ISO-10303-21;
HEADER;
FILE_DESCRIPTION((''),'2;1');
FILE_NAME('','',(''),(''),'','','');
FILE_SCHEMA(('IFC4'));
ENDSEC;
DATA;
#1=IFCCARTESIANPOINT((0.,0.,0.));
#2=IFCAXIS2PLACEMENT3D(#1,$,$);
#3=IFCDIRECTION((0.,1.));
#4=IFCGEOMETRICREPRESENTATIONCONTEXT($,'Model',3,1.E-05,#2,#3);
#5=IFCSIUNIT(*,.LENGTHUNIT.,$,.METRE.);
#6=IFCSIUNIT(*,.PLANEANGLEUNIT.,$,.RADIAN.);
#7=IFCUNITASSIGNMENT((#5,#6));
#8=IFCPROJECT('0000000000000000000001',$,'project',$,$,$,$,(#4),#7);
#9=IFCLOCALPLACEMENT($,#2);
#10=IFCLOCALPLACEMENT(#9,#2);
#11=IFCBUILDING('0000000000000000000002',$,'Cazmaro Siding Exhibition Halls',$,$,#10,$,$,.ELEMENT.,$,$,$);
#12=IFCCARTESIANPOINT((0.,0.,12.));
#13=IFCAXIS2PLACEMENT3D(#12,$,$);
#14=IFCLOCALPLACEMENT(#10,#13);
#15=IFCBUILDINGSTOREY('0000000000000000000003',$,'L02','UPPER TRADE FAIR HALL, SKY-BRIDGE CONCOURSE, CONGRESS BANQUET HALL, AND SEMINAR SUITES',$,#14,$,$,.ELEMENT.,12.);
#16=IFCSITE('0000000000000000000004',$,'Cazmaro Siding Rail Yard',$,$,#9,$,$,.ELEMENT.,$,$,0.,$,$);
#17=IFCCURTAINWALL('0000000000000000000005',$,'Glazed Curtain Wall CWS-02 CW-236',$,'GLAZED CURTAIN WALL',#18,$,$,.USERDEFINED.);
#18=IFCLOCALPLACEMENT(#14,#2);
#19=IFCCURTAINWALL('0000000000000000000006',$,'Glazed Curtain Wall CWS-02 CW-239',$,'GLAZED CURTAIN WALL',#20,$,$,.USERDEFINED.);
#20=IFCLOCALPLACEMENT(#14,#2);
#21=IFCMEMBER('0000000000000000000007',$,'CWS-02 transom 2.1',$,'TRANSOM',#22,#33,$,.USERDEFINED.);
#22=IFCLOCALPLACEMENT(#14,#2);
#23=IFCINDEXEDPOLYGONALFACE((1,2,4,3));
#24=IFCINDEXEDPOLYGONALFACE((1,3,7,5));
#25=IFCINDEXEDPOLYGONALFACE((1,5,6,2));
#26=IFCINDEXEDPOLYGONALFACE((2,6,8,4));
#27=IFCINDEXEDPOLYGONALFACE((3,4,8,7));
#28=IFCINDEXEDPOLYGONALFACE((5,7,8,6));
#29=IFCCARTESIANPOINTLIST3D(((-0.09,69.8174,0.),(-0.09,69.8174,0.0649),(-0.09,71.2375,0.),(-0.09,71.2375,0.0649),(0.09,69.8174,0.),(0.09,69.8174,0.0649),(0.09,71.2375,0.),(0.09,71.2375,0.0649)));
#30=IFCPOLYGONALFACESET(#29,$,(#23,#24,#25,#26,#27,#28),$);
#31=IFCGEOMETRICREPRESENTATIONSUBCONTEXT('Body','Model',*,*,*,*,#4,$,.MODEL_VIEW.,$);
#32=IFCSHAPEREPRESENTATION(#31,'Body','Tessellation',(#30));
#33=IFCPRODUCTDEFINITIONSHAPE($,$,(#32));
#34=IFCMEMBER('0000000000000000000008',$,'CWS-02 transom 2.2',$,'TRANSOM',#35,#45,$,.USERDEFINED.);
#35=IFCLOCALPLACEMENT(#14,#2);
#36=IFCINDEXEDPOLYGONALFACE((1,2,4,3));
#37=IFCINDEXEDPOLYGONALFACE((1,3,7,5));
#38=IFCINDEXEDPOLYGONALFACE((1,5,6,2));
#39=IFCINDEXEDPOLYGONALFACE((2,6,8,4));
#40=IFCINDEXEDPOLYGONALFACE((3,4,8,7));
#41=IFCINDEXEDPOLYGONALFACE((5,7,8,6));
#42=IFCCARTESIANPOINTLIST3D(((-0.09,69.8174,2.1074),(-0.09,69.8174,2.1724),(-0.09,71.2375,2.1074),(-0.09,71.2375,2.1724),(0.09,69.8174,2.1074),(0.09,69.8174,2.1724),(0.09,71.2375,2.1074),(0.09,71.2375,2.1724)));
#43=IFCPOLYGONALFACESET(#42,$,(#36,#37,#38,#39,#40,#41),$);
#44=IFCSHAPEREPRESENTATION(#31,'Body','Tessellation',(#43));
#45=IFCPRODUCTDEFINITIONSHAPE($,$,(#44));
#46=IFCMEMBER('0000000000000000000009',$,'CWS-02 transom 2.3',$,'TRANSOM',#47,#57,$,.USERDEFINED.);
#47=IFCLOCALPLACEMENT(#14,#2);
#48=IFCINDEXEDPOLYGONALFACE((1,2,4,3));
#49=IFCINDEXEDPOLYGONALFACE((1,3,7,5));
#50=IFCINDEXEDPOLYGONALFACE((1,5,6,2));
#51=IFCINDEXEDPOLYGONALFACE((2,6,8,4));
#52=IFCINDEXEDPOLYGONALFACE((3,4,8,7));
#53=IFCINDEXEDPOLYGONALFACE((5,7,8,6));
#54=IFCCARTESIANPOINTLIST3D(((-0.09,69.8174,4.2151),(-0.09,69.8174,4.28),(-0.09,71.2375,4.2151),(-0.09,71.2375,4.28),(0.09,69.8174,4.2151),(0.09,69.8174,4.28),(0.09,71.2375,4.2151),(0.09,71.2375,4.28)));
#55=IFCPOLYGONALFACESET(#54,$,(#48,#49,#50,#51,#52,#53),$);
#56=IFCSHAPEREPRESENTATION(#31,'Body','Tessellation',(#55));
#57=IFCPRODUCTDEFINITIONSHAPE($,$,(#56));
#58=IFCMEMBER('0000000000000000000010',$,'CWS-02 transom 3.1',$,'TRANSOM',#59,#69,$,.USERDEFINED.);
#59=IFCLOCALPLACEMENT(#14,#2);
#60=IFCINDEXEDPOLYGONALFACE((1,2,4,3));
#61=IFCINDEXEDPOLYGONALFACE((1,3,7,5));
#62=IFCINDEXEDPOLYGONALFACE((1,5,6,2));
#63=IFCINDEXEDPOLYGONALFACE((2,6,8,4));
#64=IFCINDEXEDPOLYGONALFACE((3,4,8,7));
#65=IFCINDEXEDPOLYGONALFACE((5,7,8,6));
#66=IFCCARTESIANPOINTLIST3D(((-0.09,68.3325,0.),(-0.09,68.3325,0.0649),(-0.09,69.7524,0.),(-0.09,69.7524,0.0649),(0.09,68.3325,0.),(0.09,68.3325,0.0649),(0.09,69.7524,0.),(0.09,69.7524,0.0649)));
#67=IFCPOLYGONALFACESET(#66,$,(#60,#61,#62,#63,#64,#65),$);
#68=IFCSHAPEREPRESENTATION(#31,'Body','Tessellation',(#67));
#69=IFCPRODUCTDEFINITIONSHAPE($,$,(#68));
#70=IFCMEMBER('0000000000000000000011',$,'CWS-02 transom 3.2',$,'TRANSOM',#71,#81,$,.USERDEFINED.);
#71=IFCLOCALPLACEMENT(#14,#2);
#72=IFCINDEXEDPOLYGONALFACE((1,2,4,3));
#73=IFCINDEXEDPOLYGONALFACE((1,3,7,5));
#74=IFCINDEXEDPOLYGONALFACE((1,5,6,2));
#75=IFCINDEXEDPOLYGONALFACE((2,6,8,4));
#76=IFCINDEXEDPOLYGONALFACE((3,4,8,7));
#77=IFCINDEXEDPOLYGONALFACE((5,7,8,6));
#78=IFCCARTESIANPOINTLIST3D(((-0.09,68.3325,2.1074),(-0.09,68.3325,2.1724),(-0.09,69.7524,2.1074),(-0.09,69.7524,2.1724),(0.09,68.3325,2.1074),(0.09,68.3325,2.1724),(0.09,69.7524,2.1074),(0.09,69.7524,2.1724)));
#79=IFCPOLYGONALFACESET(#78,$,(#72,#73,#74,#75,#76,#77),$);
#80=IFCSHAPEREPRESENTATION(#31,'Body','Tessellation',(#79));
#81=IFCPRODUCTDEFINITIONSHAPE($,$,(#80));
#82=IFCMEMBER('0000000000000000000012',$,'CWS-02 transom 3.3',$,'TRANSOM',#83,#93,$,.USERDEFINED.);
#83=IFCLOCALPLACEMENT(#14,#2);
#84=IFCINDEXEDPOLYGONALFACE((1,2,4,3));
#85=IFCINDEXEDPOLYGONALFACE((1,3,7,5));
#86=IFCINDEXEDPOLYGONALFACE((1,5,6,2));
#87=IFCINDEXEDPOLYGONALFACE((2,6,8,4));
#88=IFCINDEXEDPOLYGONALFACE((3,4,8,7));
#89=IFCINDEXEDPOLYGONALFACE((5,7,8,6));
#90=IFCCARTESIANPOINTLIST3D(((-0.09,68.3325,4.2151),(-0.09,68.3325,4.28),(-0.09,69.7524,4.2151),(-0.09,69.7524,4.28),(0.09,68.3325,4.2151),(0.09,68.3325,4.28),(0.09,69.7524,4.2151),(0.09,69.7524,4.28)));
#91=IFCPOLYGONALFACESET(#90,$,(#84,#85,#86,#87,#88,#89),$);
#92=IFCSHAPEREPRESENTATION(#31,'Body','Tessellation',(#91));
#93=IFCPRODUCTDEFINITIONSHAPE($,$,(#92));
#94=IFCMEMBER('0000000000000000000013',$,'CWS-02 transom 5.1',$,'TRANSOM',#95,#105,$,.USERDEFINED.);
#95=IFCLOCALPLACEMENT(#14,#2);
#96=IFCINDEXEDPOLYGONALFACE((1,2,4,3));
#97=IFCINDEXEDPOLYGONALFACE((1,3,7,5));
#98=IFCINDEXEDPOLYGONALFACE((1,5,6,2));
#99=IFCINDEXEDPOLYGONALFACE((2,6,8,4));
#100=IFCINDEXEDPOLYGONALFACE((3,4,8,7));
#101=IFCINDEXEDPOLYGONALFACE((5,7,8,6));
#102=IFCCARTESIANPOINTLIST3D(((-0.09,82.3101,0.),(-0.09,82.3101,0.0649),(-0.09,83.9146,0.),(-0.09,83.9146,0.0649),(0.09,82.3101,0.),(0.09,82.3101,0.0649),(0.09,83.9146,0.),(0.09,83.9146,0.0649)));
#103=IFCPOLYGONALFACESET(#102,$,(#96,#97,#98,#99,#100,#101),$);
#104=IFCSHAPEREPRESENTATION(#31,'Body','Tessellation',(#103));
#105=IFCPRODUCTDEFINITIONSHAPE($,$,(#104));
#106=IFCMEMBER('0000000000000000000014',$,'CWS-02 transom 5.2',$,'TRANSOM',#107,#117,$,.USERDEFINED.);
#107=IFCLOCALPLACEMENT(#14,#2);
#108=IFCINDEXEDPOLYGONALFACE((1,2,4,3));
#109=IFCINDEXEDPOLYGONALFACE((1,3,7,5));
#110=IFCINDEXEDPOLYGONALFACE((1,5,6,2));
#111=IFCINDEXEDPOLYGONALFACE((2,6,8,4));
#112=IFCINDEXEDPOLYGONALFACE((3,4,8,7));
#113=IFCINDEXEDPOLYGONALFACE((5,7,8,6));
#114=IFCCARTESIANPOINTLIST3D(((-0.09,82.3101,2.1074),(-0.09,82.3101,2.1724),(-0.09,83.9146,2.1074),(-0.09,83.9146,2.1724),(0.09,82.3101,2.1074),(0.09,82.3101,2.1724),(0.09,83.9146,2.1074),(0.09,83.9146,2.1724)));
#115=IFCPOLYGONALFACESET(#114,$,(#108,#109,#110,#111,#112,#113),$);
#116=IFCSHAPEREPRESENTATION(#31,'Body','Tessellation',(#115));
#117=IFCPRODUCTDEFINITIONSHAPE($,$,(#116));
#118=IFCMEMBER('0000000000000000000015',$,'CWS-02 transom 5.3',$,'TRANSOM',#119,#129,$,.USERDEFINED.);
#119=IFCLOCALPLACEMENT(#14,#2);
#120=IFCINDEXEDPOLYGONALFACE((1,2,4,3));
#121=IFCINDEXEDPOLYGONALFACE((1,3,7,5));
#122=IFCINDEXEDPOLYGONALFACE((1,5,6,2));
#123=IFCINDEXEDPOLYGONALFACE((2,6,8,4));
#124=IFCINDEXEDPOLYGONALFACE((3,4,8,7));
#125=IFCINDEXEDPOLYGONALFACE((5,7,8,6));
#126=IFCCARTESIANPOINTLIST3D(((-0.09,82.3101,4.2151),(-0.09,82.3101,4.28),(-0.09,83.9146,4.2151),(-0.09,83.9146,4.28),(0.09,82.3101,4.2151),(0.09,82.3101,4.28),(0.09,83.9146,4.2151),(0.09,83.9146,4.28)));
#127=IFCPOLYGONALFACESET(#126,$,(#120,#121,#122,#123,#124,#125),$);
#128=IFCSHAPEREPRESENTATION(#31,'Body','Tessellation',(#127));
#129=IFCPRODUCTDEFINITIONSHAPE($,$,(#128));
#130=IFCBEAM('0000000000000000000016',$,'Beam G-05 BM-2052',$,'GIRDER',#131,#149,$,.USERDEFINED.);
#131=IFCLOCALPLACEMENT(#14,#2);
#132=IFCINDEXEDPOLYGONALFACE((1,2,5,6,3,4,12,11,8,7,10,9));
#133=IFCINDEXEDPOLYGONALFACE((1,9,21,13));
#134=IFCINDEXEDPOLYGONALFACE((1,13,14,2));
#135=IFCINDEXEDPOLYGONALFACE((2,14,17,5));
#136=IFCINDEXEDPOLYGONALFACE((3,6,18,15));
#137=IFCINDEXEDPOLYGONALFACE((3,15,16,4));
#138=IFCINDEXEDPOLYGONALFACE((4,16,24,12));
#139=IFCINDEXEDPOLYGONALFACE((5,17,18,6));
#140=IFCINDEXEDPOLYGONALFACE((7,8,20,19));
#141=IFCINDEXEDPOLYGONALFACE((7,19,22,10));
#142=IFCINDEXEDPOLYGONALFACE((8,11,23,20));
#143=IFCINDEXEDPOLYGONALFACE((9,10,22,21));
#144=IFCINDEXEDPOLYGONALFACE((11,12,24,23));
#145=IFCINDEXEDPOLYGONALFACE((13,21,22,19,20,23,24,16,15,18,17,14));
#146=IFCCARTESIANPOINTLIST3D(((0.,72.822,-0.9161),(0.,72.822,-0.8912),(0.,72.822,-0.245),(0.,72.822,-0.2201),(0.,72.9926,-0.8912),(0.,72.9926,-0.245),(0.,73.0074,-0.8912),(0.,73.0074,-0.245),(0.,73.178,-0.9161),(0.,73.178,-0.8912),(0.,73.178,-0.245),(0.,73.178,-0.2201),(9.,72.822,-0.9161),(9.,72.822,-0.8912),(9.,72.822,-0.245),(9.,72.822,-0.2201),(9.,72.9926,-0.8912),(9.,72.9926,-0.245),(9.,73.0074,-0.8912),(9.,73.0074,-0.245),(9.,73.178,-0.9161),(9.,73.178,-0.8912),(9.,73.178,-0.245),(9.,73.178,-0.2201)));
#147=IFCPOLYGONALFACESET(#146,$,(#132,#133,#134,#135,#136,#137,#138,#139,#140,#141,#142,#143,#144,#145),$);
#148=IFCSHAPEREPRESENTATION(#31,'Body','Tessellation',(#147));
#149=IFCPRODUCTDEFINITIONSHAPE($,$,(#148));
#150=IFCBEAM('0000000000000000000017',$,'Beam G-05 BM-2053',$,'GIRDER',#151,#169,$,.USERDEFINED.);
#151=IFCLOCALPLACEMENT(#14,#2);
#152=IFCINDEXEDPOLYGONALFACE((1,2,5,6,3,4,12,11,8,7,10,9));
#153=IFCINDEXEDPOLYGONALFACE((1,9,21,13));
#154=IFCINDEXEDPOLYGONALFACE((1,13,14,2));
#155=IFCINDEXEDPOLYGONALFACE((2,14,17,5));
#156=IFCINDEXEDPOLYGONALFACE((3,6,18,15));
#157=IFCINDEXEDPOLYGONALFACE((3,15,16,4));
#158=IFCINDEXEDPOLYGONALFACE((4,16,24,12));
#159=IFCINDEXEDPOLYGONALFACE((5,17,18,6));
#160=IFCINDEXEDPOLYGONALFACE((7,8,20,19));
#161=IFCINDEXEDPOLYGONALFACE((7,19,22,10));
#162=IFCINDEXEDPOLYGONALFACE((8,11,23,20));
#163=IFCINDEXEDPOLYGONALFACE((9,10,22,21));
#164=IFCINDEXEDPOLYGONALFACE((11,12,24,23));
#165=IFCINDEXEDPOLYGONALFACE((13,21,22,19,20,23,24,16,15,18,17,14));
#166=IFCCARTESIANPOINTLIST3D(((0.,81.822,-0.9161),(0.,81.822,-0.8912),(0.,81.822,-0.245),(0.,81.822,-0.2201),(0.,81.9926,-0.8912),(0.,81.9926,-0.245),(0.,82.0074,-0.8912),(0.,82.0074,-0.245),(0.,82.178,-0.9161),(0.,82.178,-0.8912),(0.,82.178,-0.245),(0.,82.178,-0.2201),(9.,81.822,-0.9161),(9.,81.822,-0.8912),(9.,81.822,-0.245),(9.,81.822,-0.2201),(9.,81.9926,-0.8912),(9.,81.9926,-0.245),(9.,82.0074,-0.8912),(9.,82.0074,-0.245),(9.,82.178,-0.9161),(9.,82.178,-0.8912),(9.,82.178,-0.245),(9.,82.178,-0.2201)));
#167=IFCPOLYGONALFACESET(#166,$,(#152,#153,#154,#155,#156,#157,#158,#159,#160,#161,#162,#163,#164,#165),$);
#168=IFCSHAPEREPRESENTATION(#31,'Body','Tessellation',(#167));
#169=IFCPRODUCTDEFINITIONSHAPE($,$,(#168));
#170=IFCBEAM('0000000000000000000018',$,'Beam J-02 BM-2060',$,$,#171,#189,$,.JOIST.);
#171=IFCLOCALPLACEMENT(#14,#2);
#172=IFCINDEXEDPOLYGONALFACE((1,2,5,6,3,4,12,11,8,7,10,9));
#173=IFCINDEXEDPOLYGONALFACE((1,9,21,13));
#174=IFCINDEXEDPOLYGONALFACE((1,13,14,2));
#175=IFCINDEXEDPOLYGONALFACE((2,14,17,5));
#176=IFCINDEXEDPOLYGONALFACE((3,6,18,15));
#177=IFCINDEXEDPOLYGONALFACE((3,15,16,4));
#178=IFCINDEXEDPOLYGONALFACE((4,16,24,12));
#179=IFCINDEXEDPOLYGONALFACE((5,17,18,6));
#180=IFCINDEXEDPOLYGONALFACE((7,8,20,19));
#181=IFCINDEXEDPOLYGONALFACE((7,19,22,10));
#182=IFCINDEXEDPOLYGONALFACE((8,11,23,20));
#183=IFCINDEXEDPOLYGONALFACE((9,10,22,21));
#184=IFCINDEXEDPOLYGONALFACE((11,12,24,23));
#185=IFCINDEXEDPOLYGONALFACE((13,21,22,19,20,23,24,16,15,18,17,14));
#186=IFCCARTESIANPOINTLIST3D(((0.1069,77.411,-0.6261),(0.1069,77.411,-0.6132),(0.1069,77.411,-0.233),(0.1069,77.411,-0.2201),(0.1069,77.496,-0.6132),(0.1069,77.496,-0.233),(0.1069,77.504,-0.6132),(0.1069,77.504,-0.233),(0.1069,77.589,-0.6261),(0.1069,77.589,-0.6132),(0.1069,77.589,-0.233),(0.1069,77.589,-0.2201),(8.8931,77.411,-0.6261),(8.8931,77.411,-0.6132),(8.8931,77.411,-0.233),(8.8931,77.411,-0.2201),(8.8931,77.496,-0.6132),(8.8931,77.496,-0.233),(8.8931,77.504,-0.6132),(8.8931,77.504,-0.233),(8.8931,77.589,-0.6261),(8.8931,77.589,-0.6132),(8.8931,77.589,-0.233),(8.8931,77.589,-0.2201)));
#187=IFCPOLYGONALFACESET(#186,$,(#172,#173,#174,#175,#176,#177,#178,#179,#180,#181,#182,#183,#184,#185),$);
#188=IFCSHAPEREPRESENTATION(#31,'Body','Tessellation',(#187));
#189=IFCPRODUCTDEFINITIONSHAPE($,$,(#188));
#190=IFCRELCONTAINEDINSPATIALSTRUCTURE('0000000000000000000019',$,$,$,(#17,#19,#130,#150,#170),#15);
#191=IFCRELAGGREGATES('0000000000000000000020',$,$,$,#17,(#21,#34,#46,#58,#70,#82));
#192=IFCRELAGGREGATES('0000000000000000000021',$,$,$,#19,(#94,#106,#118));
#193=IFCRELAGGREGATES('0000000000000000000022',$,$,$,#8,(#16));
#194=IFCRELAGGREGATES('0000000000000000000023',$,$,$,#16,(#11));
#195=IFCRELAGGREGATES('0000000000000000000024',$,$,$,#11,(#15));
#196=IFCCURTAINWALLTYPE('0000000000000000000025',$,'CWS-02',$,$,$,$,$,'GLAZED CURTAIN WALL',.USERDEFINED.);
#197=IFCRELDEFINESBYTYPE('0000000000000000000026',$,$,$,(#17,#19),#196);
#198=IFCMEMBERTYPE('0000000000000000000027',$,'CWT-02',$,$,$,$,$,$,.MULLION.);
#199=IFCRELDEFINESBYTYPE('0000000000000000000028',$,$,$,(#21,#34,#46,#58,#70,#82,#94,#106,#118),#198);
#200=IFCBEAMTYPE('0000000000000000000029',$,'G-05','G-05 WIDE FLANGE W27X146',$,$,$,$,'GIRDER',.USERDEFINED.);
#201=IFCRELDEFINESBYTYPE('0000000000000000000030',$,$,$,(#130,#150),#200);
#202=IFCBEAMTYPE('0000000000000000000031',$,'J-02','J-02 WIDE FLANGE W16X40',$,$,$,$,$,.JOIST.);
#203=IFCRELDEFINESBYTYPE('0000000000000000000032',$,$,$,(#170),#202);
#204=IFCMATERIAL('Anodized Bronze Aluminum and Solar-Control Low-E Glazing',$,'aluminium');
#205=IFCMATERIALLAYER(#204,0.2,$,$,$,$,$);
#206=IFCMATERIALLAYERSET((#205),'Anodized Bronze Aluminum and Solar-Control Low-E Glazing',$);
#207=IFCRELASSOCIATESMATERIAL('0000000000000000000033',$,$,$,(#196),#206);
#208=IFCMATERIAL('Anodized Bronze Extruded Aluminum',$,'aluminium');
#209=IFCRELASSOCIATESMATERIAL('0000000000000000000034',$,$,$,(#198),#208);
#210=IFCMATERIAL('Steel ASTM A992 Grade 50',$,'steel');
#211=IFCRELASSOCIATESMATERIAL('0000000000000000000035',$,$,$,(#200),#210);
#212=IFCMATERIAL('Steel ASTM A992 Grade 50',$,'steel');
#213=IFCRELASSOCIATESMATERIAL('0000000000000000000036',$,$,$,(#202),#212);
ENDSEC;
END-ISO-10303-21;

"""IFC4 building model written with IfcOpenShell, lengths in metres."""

from ifc_helpers import new_model, si_unit, direction, frame, origin, origin_2d, place, context, subcontext, project, spatial, rectangle, i_section, extrude, material, layer, layer_set, material_profile, profile_set, type_object, element, aggregate, save


model = new_model("IFC4")

# Units and contexts
model_context = context("Model", 3, precision=1e-05, world=origin(), true_north=direction((0.0, 1.0)))
body_context = subcontext(model_context, "Body", "Model", "MODEL_VIEW")
ifc_project = project(units=[si_unit("LENGTHUNIT", "METRE"), si_unit("PLANEANGLEUNIT", "RADIAN")], contexts=[model_context])

# Site, building, storey
site_placement = place(None, origin())
site = spatial("IfcSite", under=ifc_project, at=site_placement, Name="Cazmaro Siding Rail Yard", CompositionType="ELEMENT", RefElevation=0.0)
building_placement = place(site_placement, origin())
building = spatial("IfcBuilding", under=site, at=building_placement, Name="Cazmaro Siding Exhibition Halls", CompositionType="ELEMENT")
storey_placement = place(building_placement, frame((0.0, 0.0, 12.0)))
storey = spatial("IfcBuildingStorey", under=building, at=storey_placement, Name="L02", Description="UPPER TRADE FAIR HALL, SKY-BRIDGE CONCOURSE, CONGRESS BANQUET HALL, AND SEMINAR SUITES", CompositionType="ELEMENT", Elevation=12.0)

# Curtain walls
ifc_material_1 = material(Name="Anodized Bronze Aluminum and Solar-Control Low-E Glazing", Category="aluminium")
ifc_layer_1 = layer(ifc_material_1, 0.2)
ifc_layer_set_1 = layer_set([ifc_layer_1], Name="Anodized Bronze Aluminum and Solar-Control Low-E Glazing")
curtain_wall_type = type_object("IfcCurtainWallType", Name="CWS-02", ElementType="GLAZED CURTAIN WALL", PredefinedType="USERDEFINED", material=ifc_layer_set_1)
curtain_wall_1_placement = place(storey_placement, origin())
curtain_wall_1 = element("IfcCurtainWall", 1, at=curtain_wall_1_placement, inside=storey, type_object=curtain_wall_type, Name="Glazed Curtain Wall CWS-02 CW-236", ObjectType="GLAZED CURTAIN WALL", PredefinedType="USERDEFINED")
curtain_wall_2_placement = place(storey_placement, origin())
curtain_wall_2 = element("IfcCurtainWall", 2, at=curtain_wall_2_placement, inside=storey, type_object=curtain_wall_type, Name="Glazed Curtain Wall CWS-02 CW-239", ObjectType="GLAZED CURTAIN WALL", PredefinedType="USERDEFINED")

# Members
ifc_material_2 = material(Name="Anodized Bronze Extruded Aluminum", Category="aluminium")
ifc_material_profile_1 = material_profile(ifc_material_2, rectangle(XDim=0.1799, YDim=0.0649, at=origin_2d()), Name="CWT-02")
ifc_profile_set_1 = profile_set([ifc_material_profile_1], Name="Anodized Bronze Extruded Aluminum")
member_type_1 = type_object("IfcMemberType", Name="CWT-02", PredefinedType="MULLION", material=ifc_profile_set_1)
member_1_placement = place(storey_placement, frame((0.0, 71.2375, 0.0325), z_axis=(0.0, -1.0, 0.0), x_axis=(1.0, 0.0, 0.0)))
member_1 = element("IfcMember", 3, at=member_1_placement, type_object=member_type_1, Name="CWS-02 transom 2.1", ObjectType="TRANSOM", PredefinedType="USERDEFINED", context=body_context, shape_type="SweptSolid", body=[
    extrude(rectangle(XDim=0.1799, YDim=0.0649, at=origin_2d()), origin(), (0.0, 0.0, 1.0), 1.4202),
])
member_2_placement = place(storey_placement, frame((0.0, 71.2375, 2.1399), z_axis=(0.0, -1.0, 0.0), x_axis=(1.0, 0.0, 0.0)))
member_2 = element("IfcMember", 4, at=member_2_placement, type_object=member_type_1, Name="CWS-02 transom 2.2", ObjectType="TRANSOM", PredefinedType="USERDEFINED", context=body_context, shape_type="SweptSolid", body=[
    extrude(rectangle(XDim=0.1799, YDim=0.0649, at=origin_2d()), origin(), (0.0, 0.0, 1.0), 1.4202),
])
member_3_placement = place(storey_placement, frame((0.0, 71.2375, 4.2476), z_axis=(0.0, -1.0, 0.0), x_axis=(1.0, 0.0, 0.0)))
member_3 = element("IfcMember", 5, at=member_3_placement, type_object=member_type_1, Name="CWS-02 transom 2.3", ObjectType="TRANSOM", PredefinedType="USERDEFINED", context=body_context, shape_type="SweptSolid", body=[
    extrude(rectangle(XDim=0.1799, YDim=0.0649, at=origin_2d()), origin(), (0.0, 0.0, 1.0), 1.4202),
])
member_4_placement = place(storey_placement, frame((0.0, 69.7524, 0.0325), z_axis=(0.0, -1.0, 0.0), x_axis=(1.0, 0.0, 0.0)))
member_4 = element("IfcMember", 6, at=member_4_placement, type_object=member_type_1, Name="CWS-02 transom 3.1", ObjectType="TRANSOM", PredefinedType="USERDEFINED", context=body_context, shape_type="SweptSolid", body=[
    extrude(rectangle(XDim=0.1799, YDim=0.0649, at=origin_2d()), origin(), (0.0, 0.0, 1.0), 1.4199),
])
member_5_placement = place(storey_placement, frame((0.0, 69.7524, 2.1399), z_axis=(0.0, -1.0, 0.0), x_axis=(1.0, 0.0, 0.0)))
member_5 = element("IfcMember", 7, at=member_5_placement, type_object=member_type_1, Name="CWS-02 transom 3.2", ObjectType="TRANSOM", PredefinedType="USERDEFINED", context=body_context, shape_type="SweptSolid", body=[
    extrude(rectangle(XDim=0.1799, YDim=0.0649, at=origin_2d()), origin(), (0.0, 0.0, 1.0), 1.4199),
])
member_6_placement = place(storey_placement, frame((0.0, 69.7524, 4.2476), z_axis=(0.0, -1.0, 0.0), x_axis=(1.0, 0.0, 0.0)))
member_6 = element("IfcMember", 8, at=member_6_placement, type_object=member_type_1, Name="CWS-02 transom 3.3", ObjectType="TRANSOM", PredefinedType="USERDEFINED", context=body_context, shape_type="SweptSolid", body=[
    extrude(rectangle(XDim=0.1799, YDim=0.0649, at=origin_2d()), origin(), (0.0, 0.0, 1.0), 1.4199),
])
member_7_placement = place(storey_placement, frame((0.0, 83.9146, 0.0325), z_axis=(0.0, -1.0, 0.0), x_axis=(1.0, 0.0, 0.0)))
member_7 = element("IfcMember", 9, at=member_7_placement, type_object=member_type_1, Name="CWS-02 transom 5.1", ObjectType="TRANSOM", PredefinedType="USERDEFINED", context=body_context, shape_type="SweptSolid", body=[
    extrude(rectangle(XDim=0.1799, YDim=0.0649, at=origin_2d()), origin(), (0.0, 0.0, 1.0), 1.6045),
])
member_8_placement = place(storey_placement, frame((0.0, 83.9146, 2.1399), z_axis=(0.0, -1.0, 0.0), x_axis=(1.0, 0.0, 0.0)))
member_8 = element("IfcMember", 10, at=member_8_placement, type_object=member_type_1, Name="CWS-02 transom 5.2", ObjectType="TRANSOM", PredefinedType="USERDEFINED", context=body_context, shape_type="SweptSolid", body=[
    extrude(rectangle(XDim=0.1799, YDim=0.0649, at=origin_2d()), origin(), (0.0, 0.0, 1.0), 1.6045),
])
member_9_placement = place(storey_placement, frame((0.0, 83.9146, 4.2476), z_axis=(0.0, -1.0, 0.0), x_axis=(1.0, 0.0, 0.0)))
member_9 = element("IfcMember", 11, at=member_9_placement, type_object=member_type_1, Name="CWS-02 transom 5.3", ObjectType="TRANSOM", PredefinedType="USERDEFINED", context=body_context, shape_type="SweptSolid", body=[
    extrude(rectangle(XDim=0.1799, YDim=0.0649, at=origin_2d()), origin(), (0.0, 0.0, 1.0), 1.6045),
])

# Beams
ifc_material_3 = material(Name="Steel ASTM A992 Grade 50", Category="steel")
ifc_material_profile_2 = material_profile(ifc_material_3, i_section(OverallWidth=0.356, OverallDepth=0.696, WebThickness=0.0149, FlangeThickness=0.0249, at=origin_2d()), Name="W27X146")
ifc_profile_set_2 = profile_set([ifc_material_profile_2], Name="Steel ASTM A992 Grade 50")
beam_type_1 = type_object("IfcBeamType", Name="G-05", Description="G-05 WIDE FLANGE W27X146", ElementType="GIRDER", PredefinedType="USERDEFINED", material=ifc_profile_set_2)
for number, where, z_axis, x_axis, name in (
    (12, (0.0, 73.0, -0.5681), (1.0, 0.0, 0.0), (0.0, 1.0, 0.0), "Beam G-05 BM-2052"),
    (13, (0.0, 82.0, -0.5681), (1.0, 0.0, 0.0), (0.0, 1.0, 0.0), "Beam G-05 BM-2053"),
):
    element("IfcBeam", number, at=place(storey_placement, frame(where, z_axis=z_axis, x_axis=x_axis)), inside=storey, type_object=beam_type_1, Name=name, ObjectType="GIRDER", PredefinedType="USERDEFINED", context=body_context, shape_type="SweptSolid", body=[
        extrude(i_section(OverallWidth=0.356, OverallDepth=0.696, WebThickness=0.0149, FlangeThickness=0.0249, at=origin_2d()), origin(), (0.0, 0.0, 1.0), 9.0),
    ])
ifc_material_4 = material(Name="Steel ASTM A992 Grade 50", Category="steel")
ifc_material_profile_3 = material_profile(ifc_material_4, i_section(OverallWidth=0.178, OverallDepth=0.406, WebThickness=0.0081, FlangeThickness=0.0129, at=origin_2d()), Name="W16X40")
ifc_profile_set_3 = profile_set([ifc_material_profile_3], Name="Steel ASTM A992 Grade 50")
beam_type_2 = type_object("IfcBeamType", Name="J-02", Description="J-02 WIDE FLANGE W16X40", PredefinedType="JOIST", material=ifc_profile_set_3)
beam_placement = place(storey_placement, frame((0.1069, 77.5, -0.4231), z_axis=(1.0, 0.0, 0.0), x_axis=(0.0, 1.0, 0.0)))
element("IfcBeam", 14, at=beam_placement, inside=storey, type_object=beam_type_2, Name="Beam J-02 BM-2060", PredefinedType="JOIST", context=body_context, shape_type="SweptSolid", body=[
    extrude(i_section(OverallWidth=0.178, OverallDepth=0.406, WebThickness=0.0081, FlangeThickness=0.0129, at=origin_2d()), origin(), (0.0, 0.0, 1.0), 8.7861),
])

aggregate(curtain_wall_1, [member_1, member_2, member_3, member_4, member_5, member_6])
aggregate(curtain_wall_2, [member_7, member_8, member_9])

save(model, "model.ifc")
